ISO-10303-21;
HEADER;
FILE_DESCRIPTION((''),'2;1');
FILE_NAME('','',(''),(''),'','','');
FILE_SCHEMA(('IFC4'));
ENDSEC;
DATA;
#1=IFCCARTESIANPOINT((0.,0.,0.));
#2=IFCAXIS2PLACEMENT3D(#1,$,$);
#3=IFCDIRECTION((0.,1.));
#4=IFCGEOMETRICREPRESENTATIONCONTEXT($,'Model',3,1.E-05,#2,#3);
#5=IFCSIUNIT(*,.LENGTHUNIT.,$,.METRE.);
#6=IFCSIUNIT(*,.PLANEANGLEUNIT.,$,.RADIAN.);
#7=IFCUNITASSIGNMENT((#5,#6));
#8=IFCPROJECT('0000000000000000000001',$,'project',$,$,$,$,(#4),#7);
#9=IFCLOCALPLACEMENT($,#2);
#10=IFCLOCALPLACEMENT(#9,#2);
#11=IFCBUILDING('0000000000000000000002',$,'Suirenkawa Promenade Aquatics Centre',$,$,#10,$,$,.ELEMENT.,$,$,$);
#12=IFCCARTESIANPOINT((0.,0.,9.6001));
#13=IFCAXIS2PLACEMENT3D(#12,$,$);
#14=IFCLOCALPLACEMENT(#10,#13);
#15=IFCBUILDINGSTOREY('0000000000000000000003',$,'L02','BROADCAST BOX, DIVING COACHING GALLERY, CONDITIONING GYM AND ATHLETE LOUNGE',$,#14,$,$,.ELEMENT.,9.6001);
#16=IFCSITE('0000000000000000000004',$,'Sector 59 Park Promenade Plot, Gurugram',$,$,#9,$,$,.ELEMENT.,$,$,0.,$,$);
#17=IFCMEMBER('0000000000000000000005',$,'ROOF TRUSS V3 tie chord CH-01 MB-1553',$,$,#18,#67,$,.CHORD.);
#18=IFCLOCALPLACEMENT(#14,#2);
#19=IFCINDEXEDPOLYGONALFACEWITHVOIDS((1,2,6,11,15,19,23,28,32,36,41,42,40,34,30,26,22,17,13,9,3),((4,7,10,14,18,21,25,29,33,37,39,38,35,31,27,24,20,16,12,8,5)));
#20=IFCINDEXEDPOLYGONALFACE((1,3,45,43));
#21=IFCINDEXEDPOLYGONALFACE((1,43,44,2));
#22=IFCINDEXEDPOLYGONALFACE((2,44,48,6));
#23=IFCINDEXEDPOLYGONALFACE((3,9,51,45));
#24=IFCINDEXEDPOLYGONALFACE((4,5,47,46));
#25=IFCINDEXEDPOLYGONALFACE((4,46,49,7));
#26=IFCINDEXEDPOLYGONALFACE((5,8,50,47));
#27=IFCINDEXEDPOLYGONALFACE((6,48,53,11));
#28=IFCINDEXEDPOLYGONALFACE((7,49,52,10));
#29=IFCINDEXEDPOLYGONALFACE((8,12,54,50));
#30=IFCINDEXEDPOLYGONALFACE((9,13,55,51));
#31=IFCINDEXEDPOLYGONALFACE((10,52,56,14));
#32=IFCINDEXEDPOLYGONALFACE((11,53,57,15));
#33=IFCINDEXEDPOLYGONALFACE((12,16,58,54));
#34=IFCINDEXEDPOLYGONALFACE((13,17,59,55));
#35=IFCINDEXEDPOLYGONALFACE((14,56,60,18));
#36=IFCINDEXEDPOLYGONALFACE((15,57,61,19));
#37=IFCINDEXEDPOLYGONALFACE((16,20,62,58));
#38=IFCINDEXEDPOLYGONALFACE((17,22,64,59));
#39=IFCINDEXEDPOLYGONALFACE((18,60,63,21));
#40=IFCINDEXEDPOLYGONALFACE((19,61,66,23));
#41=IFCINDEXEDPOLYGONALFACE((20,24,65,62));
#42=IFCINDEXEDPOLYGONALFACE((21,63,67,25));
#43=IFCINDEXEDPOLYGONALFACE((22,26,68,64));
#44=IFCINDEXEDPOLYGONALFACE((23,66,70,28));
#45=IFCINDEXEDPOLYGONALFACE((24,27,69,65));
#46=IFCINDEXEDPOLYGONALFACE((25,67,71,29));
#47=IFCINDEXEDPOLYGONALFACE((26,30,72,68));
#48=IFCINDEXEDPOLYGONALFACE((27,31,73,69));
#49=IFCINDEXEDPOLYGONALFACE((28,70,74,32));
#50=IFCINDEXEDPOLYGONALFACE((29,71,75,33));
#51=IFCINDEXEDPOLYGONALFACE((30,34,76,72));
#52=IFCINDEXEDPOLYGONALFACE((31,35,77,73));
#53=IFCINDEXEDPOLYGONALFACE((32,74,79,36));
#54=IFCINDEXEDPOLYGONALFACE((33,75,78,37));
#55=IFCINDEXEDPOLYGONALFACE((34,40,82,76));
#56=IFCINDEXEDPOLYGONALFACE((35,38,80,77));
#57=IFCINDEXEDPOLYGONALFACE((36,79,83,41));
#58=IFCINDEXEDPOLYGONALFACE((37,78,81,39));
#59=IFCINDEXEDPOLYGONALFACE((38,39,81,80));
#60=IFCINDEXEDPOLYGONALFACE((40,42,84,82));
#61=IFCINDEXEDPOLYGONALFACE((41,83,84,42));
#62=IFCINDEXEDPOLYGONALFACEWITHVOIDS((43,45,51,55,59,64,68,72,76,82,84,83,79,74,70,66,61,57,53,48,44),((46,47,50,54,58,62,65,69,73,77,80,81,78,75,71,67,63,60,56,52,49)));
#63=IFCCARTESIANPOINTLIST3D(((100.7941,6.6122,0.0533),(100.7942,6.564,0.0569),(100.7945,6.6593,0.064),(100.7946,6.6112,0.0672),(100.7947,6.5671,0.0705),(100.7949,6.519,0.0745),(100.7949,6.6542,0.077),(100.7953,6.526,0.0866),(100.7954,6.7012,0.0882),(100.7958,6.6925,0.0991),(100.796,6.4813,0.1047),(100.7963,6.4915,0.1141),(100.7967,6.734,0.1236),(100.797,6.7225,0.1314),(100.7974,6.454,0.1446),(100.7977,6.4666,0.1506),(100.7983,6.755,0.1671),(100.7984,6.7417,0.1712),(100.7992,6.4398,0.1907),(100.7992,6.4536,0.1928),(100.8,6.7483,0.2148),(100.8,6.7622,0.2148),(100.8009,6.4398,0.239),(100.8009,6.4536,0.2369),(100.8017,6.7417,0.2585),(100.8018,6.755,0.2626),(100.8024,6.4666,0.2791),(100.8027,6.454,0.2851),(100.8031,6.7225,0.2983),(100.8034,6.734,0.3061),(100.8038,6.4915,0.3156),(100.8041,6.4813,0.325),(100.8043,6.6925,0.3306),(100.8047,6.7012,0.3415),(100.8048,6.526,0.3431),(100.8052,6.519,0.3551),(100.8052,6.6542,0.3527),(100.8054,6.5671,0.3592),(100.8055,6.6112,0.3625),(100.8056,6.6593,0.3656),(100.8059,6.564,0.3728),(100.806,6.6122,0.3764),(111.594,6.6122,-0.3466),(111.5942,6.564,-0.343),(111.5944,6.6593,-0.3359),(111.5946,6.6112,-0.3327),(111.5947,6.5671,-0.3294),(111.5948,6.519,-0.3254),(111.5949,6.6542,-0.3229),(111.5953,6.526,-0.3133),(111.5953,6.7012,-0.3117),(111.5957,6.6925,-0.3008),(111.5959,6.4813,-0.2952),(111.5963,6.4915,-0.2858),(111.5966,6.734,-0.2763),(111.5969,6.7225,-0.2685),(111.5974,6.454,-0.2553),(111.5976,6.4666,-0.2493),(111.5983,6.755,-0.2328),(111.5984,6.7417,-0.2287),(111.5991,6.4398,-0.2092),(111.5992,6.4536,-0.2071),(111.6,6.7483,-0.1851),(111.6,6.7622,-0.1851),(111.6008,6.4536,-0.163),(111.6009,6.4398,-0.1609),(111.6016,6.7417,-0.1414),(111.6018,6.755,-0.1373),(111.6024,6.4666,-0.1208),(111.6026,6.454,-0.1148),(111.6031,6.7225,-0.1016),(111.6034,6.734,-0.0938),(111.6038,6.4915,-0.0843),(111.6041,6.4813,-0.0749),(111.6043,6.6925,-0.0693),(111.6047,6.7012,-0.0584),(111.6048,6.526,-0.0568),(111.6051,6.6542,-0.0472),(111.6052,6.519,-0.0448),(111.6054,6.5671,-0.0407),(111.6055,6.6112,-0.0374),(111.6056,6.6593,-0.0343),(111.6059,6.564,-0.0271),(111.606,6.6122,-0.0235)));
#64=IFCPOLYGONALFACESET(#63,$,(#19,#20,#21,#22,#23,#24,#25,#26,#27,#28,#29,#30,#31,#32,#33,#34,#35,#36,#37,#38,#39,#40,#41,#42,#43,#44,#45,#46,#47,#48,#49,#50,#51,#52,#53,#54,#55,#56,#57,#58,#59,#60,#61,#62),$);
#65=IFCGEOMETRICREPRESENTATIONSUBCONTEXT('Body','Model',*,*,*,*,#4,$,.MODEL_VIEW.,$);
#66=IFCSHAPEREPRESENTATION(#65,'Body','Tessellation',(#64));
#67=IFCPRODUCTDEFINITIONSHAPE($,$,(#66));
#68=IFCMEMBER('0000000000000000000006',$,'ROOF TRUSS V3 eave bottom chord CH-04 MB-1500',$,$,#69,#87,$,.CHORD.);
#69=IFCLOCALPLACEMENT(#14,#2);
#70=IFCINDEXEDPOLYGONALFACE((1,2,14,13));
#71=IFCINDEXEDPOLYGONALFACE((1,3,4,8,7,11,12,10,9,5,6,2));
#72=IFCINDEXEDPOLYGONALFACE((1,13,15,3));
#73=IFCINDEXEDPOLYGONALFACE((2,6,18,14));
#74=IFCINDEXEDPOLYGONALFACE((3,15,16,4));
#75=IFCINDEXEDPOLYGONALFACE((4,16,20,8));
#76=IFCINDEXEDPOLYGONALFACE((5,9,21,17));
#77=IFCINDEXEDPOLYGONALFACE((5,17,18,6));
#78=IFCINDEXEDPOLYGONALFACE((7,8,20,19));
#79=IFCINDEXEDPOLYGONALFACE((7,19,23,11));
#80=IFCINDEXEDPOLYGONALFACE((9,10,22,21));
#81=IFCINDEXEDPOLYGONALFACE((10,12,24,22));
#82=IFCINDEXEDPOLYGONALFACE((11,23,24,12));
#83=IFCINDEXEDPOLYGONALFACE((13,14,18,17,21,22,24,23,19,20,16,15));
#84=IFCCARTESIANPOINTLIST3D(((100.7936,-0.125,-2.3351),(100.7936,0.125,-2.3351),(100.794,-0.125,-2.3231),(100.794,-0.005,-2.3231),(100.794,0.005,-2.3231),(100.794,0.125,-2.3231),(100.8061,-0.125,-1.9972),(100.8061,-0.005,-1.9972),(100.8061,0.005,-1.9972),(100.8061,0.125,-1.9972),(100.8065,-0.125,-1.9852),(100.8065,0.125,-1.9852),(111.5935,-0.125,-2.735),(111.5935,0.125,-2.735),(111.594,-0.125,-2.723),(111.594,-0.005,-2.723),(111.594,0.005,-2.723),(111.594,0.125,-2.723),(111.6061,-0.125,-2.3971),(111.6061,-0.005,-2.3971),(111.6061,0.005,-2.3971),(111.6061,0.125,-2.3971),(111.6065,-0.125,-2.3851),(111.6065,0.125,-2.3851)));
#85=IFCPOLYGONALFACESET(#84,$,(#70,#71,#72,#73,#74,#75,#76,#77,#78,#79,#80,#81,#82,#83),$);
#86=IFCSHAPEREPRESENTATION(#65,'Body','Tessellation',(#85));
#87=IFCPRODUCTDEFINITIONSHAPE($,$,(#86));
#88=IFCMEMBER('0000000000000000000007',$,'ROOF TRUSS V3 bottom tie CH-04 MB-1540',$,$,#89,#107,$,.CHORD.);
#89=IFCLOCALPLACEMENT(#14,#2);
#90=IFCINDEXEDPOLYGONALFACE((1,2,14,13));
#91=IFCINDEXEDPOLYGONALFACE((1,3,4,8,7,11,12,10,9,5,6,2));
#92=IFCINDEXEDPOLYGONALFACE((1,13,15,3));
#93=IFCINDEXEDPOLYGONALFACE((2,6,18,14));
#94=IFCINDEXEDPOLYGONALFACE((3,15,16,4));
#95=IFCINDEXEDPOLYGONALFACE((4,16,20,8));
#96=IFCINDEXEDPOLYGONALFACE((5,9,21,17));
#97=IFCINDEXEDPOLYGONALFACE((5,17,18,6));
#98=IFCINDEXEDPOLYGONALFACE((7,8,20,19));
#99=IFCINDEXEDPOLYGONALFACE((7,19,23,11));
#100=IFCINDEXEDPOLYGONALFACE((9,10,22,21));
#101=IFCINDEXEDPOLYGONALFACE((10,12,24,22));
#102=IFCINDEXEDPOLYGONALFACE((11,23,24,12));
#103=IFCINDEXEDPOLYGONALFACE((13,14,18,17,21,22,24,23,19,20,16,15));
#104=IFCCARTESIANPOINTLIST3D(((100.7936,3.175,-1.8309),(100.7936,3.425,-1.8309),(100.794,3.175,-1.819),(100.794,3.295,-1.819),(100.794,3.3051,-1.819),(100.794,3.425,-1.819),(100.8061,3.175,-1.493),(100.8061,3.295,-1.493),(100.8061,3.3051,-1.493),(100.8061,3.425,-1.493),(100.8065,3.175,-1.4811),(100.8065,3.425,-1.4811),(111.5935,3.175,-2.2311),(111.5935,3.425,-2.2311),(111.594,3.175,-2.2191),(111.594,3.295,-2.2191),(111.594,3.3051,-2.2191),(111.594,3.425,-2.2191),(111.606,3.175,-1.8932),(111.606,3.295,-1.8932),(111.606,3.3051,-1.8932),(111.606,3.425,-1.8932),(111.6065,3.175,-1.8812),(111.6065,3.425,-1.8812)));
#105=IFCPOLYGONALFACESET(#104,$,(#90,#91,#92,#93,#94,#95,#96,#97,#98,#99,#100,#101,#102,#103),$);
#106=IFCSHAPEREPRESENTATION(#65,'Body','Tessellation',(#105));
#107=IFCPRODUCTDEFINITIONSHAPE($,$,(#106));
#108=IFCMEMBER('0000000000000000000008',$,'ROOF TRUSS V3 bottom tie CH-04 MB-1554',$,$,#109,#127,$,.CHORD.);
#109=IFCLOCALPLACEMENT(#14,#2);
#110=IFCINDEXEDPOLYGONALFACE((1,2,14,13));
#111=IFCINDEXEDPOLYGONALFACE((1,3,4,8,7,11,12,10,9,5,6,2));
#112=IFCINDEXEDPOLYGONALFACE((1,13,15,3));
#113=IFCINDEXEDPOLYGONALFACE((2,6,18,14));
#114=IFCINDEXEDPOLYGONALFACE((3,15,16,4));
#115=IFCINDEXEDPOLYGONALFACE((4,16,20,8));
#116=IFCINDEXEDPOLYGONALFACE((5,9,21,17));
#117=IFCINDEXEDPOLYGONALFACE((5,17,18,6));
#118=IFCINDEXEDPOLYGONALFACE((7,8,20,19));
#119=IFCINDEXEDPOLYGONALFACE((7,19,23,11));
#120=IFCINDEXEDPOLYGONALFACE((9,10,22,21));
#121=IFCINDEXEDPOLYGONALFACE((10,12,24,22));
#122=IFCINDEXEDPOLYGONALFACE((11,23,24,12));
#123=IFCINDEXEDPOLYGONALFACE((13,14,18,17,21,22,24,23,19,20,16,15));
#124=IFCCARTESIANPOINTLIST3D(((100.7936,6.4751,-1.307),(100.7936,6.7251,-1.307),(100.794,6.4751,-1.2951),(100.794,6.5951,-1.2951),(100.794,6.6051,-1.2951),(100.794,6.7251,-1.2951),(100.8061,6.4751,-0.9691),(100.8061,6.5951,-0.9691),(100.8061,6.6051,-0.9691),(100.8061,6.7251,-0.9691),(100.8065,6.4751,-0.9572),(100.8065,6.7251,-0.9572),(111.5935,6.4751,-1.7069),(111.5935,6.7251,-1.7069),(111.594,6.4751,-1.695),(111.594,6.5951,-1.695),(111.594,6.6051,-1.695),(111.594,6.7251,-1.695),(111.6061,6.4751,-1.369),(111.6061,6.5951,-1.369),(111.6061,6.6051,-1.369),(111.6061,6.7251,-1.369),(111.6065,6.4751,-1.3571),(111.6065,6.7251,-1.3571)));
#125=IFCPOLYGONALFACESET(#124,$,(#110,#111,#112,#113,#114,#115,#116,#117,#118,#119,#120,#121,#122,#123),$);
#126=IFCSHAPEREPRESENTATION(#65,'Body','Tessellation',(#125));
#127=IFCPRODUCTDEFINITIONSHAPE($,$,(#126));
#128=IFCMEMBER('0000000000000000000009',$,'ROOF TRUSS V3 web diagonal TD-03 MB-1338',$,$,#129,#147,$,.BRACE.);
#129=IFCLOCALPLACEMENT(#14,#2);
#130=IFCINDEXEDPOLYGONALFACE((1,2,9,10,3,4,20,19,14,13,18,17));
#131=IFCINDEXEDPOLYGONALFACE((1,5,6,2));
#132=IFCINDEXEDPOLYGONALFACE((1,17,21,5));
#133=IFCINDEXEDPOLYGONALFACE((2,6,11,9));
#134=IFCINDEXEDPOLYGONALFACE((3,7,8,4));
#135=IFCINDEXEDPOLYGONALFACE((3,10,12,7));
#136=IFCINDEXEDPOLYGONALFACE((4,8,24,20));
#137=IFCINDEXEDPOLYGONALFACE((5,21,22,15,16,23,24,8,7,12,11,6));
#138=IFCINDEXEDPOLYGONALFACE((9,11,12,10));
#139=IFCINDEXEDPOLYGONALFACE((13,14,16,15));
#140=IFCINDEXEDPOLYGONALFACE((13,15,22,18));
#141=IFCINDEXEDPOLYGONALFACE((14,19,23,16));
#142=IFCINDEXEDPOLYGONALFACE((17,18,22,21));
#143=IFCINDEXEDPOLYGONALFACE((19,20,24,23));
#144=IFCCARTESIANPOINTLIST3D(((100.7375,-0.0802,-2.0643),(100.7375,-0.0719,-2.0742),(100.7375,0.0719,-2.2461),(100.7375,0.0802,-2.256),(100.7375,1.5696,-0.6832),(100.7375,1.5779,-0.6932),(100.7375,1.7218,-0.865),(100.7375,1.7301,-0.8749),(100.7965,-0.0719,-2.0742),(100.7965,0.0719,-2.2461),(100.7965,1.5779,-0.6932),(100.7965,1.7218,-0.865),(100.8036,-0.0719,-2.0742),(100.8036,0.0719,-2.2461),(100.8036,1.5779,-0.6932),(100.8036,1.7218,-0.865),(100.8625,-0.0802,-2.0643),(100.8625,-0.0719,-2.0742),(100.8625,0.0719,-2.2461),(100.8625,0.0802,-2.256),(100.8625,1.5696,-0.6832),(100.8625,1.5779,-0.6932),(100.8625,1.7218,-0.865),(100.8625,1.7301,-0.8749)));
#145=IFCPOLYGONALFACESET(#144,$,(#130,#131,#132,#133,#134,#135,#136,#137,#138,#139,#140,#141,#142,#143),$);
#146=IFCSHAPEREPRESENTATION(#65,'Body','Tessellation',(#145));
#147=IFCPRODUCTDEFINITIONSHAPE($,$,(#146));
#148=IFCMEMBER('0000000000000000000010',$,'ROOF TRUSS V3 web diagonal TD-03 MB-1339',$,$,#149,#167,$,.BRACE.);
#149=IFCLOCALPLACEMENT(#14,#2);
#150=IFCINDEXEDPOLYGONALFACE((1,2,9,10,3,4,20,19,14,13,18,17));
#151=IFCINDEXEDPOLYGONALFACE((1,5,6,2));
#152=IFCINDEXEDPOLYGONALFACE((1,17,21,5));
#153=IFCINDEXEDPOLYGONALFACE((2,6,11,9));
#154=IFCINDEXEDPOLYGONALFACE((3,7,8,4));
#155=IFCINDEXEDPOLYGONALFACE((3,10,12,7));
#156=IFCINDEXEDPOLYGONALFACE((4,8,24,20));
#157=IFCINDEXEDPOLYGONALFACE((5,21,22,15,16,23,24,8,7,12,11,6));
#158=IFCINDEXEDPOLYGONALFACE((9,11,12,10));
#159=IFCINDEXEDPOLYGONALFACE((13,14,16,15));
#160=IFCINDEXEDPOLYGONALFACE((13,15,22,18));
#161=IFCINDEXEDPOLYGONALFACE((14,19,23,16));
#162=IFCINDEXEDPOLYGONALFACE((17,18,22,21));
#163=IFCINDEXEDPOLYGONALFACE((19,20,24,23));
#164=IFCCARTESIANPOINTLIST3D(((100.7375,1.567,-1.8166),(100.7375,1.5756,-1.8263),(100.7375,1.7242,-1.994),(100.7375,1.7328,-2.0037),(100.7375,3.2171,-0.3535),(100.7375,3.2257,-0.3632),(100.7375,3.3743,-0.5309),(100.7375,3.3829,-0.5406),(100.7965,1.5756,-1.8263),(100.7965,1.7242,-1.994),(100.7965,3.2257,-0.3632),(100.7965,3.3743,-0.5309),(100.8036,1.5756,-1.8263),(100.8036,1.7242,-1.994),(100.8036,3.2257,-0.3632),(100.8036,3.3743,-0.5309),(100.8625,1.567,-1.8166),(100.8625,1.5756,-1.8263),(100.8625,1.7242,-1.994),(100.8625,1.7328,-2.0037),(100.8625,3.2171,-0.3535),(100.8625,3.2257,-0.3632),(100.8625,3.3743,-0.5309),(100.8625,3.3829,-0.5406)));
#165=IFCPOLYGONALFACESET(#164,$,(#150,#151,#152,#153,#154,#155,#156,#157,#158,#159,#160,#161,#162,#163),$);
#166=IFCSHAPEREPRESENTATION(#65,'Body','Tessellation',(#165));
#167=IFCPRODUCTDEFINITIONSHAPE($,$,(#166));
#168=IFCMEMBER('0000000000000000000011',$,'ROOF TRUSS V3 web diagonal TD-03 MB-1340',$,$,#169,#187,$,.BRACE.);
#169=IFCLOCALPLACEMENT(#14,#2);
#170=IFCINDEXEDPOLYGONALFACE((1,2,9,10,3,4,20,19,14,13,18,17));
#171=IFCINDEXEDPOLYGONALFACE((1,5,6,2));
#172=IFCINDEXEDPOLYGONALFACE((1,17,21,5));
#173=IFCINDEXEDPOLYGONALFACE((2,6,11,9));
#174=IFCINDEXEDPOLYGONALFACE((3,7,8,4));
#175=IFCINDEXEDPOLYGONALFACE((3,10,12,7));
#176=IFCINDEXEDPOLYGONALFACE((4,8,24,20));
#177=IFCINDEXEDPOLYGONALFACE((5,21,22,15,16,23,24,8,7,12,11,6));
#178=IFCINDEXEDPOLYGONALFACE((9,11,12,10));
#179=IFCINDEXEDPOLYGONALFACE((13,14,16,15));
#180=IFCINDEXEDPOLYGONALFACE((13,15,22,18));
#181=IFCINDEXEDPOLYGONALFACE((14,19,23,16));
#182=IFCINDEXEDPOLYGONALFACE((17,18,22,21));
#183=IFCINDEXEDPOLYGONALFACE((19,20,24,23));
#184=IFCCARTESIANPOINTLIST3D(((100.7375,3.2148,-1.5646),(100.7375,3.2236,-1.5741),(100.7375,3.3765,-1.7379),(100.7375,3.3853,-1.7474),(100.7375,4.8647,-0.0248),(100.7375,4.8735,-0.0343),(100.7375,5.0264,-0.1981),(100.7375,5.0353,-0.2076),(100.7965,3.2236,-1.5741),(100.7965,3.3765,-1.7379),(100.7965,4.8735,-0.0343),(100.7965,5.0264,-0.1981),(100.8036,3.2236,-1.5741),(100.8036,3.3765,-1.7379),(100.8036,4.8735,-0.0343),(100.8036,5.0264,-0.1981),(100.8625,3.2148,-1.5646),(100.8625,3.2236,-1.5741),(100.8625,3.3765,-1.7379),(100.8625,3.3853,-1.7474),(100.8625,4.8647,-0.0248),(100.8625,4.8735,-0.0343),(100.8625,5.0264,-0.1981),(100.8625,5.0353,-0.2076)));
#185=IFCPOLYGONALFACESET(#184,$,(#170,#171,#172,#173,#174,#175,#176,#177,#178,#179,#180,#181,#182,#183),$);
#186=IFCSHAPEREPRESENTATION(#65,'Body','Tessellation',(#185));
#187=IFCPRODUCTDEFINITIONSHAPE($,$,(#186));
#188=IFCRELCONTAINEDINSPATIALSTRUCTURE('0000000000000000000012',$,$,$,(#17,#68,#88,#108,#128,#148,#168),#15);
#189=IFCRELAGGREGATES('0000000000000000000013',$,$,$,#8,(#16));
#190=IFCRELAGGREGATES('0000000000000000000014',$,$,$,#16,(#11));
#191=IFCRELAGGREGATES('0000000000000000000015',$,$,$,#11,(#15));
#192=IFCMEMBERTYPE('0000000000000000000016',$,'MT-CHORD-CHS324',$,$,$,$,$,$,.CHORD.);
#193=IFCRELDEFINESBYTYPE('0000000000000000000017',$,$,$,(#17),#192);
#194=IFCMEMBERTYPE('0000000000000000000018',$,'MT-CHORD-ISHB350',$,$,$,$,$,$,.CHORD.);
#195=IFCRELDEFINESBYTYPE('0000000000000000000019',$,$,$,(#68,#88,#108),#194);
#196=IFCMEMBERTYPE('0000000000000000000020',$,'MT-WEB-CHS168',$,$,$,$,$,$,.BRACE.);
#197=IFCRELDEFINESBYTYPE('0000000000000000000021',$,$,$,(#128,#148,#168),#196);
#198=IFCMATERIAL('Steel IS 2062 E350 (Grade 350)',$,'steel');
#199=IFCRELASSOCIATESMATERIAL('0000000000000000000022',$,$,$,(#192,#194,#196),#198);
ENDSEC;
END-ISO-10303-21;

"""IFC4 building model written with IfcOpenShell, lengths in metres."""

from ifc_helpers import new_model, si_unit, direction, frame, origin, origin_2d, place, context, subcontext, project, spatial, hollow_circle, i_section, extrude, material, material_profile, profile_set, type_object, element, save


model = new_model("IFC4")

# Units and contexts
model_context = context("Model", 3, precision=1e-05, world=origin(), true_north=direction((0.0, 1.0)))
body_context = subcontext(model_context, "Body", "Model", "MODEL_VIEW")
ifc_project = project(units=[si_unit("LENGTHUNIT", "METRE"), si_unit("PLANEANGLEUNIT", "RADIAN")], contexts=[model_context])

# Site, building, storey
site_placement = place(None, origin())
site = spatial("IfcSite", under=ifc_project, at=site_placement, Name="Sector 59 Park Promenade Plot, Gurugram", CompositionType="ELEMENT", RefElevation=0.0)
building_placement = place(site_placement, origin())
building = spatial("IfcBuilding", under=site, at=building_placement, Name="Suirenkawa Promenade Aquatics Centre", CompositionType="ELEMENT")
storey_placement = place(building_placement, frame((0.0, 0.0, 9.6001)))
storey = spatial("IfcBuildingStorey", under=building, at=storey_placement, Name="L02", Description="BROADCAST BOX, DIVING COACHING GALLERY, CONDITIONING GYM AND ATHLETE LOUNGE", CompositionType="ELEMENT", Elevation=9.6001)

# Shared definitions
ifc_material_1 = material(Name="Steel IS 2062 E350 (Grade 350)", Category="steel")

# Members
ifc_material_profile_1 = material_profile(ifc_material_1, hollow_circle(Radius=0.1621, WallThickness=0.0139, at=origin_2d()), Name="CHS 324x14", Category="steel")
ifc_profile_set_1 = profile_set([ifc_material_profile_1], Name="Steel IS 2062 E350 (Grade 350)")
member_type_1 = type_object("IfcMemberType", Name="MT-CHORD-CHS324", PredefinedType="CHORD", material=ifc_profile_set_1)
for number, where, z_axis, x_axis, name in (
    (1, (100.8, 6.6001, 0.2148), (0.999315, 0.0, -0.037002), (0.0, 1.0, 0.0), "ROOF TRUSS V3 tie chord CH-01 MB-1553"),
):
    element("IfcMember", number, at=place(storey_placement, frame(where, z_axis=z_axis, x_axis=x_axis)), inside=storey, type_object=member_type_1, Name=name, PredefinedType="CHORD", context=body_context, shape_type="SweptSolid", body=[
        extrude(hollow_circle(Radius=0.1621, WallThickness=0.0139, at=origin_2d()), origin(), (0.0, 0.0, 1.0), 10.8074),
    ])
ifc_material_profile_2 = material_profile(ifc_material_1, i_section(OverallWidth=0.25, OverallDepth=0.3501, WebThickness=0.01, FlangeThickness=0.012, at=origin_2d()), Name="ISHB 350", Category="steel")
ifc_profile_set_2 = profile_set([ifc_material_profile_2], Name="Steel IS 2062 E350 (Grade 350)")
member_type_2 = type_object("IfcMemberType", Name="MT-CHORD-ISHB350", PredefinedType="CHORD", material=ifc_profile_set_2)
for number, where, z_axis, x_axis, name in (
    (2, (100.8, 0.0, -2.1602), (0.999315, 0.0, -0.037002), (0.0, 1.0, 0.0), "ROOF TRUSS V3 eave bottom chord CH-04 MB-1500"),
    (3, (100.8, 3.3, -1.656), (0.999314, 0.0, -0.037025), (0.0, 1.0, 0.0), "ROOF TRUSS V3 bottom tie CH-04 MB-1540"),
    (4, (100.8, 6.6001, -1.1321), (0.999315, 0.0, -0.037002), (0.0, 1.0, 0.0), "ROOF TRUSS V3 bottom tie CH-04 MB-1554"),
):
    element("IfcMember", number, at=place(storey_placement, frame(where, z_axis=z_axis, x_axis=x_axis)), inside=storey, type_object=member_type_2, Name=name, PredefinedType="CHORD", context=body_context, shape_type="SweptSolid", body=[
        extrude(i_section(OverallWidth=0.25, OverallDepth=0.3501, WebThickness=0.01, FlangeThickness=0.012, at=origin_2d()), origin(), (0.0, 0.0, 1.0), 10.8074),
    ])
ifc_material_profile_3 = material_profile(ifc_material_1, i_section(OverallWidth=0.125, OverallDepth=0.25, WebThickness=0.0071, FlangeThickness=0.0129, at=origin_2d()), Name="ISMB 250", Category="steel")
ifc_profile_set_3 = profile_set([ifc_material_profile_3], Name="Steel IS 2062 E350 (Grade 350)")
member_type_3 = type_object("IfcMemberType", Name="MT-WEB-CHS168", PredefinedType="BRACE", material=ifc_profile_set_3)
member_1_placement = place(storey_placement, frame((100.8, 0.0, -2.1602), z_axis=(0.0, 0.766806, 0.641879), x_axis=(-1.0, 0.0, 0.0)))
element("IfcMember", 5, at=member_1_placement, inside=storey, type_object=member_type_3, Name="ROOF TRUSS V3 web diagonal TD-03 MB-1338", PredefinedType="BRACE", context=body_context, shape_type="SweptSolid", body=[
    extrude(i_section(OverallWidth=0.125, OverallDepth=0.25, WebThickness=0.0071, FlangeThickness=0.0129, at=origin_2d()), origin(), (0.0, 0.0, 1.0), 2.1516),
])
member_2_placement = place(storey_placement, frame((100.8, 1.6499, -1.9102), z_axis=(0.0, 0.748233, 0.663436), x_axis=(-1.0, 0.0, 0.0)))
element("IfcMember", 6, at=member_2_placement, inside=storey, type_object=member_type_3, Name="ROOF TRUSS V3 web diagonal TD-03 MB-1339", PredefinedType="BRACE", context=body_context, shape_type="SweptSolid", body=[
    extrude(i_section(OverallWidth=0.125, OverallDepth=0.25, WebThickness=0.0071, FlangeThickness=0.0129, at=origin_2d()), origin(), (0.0, 0.0, 1.0), 2.2053),
])
member_3_placement = place(storey_placement, frame((100.8, 3.3, -1.656), z_axis=(0.0, 0.73108, 0.682291), x_axis=(-1.0, 0.0, 0.0)))
element("IfcMember", 7, at=member_3_placement, inside=storey, type_object=member_type_3, Name="ROOF TRUSS V3 web diagonal TD-03 MB-1340", PredefinedType="BRACE", context=body_context, shape_type="SweptSolid", body=[
    extrude(i_section(OverallWidth=0.125, OverallDepth=0.25, WebThickness=0.0071, FlangeThickness=0.0129, at=origin_2d()), origin(), (0.0, 0.0, 1.0), 2.2568),
])

save(model, "model.ifc")
